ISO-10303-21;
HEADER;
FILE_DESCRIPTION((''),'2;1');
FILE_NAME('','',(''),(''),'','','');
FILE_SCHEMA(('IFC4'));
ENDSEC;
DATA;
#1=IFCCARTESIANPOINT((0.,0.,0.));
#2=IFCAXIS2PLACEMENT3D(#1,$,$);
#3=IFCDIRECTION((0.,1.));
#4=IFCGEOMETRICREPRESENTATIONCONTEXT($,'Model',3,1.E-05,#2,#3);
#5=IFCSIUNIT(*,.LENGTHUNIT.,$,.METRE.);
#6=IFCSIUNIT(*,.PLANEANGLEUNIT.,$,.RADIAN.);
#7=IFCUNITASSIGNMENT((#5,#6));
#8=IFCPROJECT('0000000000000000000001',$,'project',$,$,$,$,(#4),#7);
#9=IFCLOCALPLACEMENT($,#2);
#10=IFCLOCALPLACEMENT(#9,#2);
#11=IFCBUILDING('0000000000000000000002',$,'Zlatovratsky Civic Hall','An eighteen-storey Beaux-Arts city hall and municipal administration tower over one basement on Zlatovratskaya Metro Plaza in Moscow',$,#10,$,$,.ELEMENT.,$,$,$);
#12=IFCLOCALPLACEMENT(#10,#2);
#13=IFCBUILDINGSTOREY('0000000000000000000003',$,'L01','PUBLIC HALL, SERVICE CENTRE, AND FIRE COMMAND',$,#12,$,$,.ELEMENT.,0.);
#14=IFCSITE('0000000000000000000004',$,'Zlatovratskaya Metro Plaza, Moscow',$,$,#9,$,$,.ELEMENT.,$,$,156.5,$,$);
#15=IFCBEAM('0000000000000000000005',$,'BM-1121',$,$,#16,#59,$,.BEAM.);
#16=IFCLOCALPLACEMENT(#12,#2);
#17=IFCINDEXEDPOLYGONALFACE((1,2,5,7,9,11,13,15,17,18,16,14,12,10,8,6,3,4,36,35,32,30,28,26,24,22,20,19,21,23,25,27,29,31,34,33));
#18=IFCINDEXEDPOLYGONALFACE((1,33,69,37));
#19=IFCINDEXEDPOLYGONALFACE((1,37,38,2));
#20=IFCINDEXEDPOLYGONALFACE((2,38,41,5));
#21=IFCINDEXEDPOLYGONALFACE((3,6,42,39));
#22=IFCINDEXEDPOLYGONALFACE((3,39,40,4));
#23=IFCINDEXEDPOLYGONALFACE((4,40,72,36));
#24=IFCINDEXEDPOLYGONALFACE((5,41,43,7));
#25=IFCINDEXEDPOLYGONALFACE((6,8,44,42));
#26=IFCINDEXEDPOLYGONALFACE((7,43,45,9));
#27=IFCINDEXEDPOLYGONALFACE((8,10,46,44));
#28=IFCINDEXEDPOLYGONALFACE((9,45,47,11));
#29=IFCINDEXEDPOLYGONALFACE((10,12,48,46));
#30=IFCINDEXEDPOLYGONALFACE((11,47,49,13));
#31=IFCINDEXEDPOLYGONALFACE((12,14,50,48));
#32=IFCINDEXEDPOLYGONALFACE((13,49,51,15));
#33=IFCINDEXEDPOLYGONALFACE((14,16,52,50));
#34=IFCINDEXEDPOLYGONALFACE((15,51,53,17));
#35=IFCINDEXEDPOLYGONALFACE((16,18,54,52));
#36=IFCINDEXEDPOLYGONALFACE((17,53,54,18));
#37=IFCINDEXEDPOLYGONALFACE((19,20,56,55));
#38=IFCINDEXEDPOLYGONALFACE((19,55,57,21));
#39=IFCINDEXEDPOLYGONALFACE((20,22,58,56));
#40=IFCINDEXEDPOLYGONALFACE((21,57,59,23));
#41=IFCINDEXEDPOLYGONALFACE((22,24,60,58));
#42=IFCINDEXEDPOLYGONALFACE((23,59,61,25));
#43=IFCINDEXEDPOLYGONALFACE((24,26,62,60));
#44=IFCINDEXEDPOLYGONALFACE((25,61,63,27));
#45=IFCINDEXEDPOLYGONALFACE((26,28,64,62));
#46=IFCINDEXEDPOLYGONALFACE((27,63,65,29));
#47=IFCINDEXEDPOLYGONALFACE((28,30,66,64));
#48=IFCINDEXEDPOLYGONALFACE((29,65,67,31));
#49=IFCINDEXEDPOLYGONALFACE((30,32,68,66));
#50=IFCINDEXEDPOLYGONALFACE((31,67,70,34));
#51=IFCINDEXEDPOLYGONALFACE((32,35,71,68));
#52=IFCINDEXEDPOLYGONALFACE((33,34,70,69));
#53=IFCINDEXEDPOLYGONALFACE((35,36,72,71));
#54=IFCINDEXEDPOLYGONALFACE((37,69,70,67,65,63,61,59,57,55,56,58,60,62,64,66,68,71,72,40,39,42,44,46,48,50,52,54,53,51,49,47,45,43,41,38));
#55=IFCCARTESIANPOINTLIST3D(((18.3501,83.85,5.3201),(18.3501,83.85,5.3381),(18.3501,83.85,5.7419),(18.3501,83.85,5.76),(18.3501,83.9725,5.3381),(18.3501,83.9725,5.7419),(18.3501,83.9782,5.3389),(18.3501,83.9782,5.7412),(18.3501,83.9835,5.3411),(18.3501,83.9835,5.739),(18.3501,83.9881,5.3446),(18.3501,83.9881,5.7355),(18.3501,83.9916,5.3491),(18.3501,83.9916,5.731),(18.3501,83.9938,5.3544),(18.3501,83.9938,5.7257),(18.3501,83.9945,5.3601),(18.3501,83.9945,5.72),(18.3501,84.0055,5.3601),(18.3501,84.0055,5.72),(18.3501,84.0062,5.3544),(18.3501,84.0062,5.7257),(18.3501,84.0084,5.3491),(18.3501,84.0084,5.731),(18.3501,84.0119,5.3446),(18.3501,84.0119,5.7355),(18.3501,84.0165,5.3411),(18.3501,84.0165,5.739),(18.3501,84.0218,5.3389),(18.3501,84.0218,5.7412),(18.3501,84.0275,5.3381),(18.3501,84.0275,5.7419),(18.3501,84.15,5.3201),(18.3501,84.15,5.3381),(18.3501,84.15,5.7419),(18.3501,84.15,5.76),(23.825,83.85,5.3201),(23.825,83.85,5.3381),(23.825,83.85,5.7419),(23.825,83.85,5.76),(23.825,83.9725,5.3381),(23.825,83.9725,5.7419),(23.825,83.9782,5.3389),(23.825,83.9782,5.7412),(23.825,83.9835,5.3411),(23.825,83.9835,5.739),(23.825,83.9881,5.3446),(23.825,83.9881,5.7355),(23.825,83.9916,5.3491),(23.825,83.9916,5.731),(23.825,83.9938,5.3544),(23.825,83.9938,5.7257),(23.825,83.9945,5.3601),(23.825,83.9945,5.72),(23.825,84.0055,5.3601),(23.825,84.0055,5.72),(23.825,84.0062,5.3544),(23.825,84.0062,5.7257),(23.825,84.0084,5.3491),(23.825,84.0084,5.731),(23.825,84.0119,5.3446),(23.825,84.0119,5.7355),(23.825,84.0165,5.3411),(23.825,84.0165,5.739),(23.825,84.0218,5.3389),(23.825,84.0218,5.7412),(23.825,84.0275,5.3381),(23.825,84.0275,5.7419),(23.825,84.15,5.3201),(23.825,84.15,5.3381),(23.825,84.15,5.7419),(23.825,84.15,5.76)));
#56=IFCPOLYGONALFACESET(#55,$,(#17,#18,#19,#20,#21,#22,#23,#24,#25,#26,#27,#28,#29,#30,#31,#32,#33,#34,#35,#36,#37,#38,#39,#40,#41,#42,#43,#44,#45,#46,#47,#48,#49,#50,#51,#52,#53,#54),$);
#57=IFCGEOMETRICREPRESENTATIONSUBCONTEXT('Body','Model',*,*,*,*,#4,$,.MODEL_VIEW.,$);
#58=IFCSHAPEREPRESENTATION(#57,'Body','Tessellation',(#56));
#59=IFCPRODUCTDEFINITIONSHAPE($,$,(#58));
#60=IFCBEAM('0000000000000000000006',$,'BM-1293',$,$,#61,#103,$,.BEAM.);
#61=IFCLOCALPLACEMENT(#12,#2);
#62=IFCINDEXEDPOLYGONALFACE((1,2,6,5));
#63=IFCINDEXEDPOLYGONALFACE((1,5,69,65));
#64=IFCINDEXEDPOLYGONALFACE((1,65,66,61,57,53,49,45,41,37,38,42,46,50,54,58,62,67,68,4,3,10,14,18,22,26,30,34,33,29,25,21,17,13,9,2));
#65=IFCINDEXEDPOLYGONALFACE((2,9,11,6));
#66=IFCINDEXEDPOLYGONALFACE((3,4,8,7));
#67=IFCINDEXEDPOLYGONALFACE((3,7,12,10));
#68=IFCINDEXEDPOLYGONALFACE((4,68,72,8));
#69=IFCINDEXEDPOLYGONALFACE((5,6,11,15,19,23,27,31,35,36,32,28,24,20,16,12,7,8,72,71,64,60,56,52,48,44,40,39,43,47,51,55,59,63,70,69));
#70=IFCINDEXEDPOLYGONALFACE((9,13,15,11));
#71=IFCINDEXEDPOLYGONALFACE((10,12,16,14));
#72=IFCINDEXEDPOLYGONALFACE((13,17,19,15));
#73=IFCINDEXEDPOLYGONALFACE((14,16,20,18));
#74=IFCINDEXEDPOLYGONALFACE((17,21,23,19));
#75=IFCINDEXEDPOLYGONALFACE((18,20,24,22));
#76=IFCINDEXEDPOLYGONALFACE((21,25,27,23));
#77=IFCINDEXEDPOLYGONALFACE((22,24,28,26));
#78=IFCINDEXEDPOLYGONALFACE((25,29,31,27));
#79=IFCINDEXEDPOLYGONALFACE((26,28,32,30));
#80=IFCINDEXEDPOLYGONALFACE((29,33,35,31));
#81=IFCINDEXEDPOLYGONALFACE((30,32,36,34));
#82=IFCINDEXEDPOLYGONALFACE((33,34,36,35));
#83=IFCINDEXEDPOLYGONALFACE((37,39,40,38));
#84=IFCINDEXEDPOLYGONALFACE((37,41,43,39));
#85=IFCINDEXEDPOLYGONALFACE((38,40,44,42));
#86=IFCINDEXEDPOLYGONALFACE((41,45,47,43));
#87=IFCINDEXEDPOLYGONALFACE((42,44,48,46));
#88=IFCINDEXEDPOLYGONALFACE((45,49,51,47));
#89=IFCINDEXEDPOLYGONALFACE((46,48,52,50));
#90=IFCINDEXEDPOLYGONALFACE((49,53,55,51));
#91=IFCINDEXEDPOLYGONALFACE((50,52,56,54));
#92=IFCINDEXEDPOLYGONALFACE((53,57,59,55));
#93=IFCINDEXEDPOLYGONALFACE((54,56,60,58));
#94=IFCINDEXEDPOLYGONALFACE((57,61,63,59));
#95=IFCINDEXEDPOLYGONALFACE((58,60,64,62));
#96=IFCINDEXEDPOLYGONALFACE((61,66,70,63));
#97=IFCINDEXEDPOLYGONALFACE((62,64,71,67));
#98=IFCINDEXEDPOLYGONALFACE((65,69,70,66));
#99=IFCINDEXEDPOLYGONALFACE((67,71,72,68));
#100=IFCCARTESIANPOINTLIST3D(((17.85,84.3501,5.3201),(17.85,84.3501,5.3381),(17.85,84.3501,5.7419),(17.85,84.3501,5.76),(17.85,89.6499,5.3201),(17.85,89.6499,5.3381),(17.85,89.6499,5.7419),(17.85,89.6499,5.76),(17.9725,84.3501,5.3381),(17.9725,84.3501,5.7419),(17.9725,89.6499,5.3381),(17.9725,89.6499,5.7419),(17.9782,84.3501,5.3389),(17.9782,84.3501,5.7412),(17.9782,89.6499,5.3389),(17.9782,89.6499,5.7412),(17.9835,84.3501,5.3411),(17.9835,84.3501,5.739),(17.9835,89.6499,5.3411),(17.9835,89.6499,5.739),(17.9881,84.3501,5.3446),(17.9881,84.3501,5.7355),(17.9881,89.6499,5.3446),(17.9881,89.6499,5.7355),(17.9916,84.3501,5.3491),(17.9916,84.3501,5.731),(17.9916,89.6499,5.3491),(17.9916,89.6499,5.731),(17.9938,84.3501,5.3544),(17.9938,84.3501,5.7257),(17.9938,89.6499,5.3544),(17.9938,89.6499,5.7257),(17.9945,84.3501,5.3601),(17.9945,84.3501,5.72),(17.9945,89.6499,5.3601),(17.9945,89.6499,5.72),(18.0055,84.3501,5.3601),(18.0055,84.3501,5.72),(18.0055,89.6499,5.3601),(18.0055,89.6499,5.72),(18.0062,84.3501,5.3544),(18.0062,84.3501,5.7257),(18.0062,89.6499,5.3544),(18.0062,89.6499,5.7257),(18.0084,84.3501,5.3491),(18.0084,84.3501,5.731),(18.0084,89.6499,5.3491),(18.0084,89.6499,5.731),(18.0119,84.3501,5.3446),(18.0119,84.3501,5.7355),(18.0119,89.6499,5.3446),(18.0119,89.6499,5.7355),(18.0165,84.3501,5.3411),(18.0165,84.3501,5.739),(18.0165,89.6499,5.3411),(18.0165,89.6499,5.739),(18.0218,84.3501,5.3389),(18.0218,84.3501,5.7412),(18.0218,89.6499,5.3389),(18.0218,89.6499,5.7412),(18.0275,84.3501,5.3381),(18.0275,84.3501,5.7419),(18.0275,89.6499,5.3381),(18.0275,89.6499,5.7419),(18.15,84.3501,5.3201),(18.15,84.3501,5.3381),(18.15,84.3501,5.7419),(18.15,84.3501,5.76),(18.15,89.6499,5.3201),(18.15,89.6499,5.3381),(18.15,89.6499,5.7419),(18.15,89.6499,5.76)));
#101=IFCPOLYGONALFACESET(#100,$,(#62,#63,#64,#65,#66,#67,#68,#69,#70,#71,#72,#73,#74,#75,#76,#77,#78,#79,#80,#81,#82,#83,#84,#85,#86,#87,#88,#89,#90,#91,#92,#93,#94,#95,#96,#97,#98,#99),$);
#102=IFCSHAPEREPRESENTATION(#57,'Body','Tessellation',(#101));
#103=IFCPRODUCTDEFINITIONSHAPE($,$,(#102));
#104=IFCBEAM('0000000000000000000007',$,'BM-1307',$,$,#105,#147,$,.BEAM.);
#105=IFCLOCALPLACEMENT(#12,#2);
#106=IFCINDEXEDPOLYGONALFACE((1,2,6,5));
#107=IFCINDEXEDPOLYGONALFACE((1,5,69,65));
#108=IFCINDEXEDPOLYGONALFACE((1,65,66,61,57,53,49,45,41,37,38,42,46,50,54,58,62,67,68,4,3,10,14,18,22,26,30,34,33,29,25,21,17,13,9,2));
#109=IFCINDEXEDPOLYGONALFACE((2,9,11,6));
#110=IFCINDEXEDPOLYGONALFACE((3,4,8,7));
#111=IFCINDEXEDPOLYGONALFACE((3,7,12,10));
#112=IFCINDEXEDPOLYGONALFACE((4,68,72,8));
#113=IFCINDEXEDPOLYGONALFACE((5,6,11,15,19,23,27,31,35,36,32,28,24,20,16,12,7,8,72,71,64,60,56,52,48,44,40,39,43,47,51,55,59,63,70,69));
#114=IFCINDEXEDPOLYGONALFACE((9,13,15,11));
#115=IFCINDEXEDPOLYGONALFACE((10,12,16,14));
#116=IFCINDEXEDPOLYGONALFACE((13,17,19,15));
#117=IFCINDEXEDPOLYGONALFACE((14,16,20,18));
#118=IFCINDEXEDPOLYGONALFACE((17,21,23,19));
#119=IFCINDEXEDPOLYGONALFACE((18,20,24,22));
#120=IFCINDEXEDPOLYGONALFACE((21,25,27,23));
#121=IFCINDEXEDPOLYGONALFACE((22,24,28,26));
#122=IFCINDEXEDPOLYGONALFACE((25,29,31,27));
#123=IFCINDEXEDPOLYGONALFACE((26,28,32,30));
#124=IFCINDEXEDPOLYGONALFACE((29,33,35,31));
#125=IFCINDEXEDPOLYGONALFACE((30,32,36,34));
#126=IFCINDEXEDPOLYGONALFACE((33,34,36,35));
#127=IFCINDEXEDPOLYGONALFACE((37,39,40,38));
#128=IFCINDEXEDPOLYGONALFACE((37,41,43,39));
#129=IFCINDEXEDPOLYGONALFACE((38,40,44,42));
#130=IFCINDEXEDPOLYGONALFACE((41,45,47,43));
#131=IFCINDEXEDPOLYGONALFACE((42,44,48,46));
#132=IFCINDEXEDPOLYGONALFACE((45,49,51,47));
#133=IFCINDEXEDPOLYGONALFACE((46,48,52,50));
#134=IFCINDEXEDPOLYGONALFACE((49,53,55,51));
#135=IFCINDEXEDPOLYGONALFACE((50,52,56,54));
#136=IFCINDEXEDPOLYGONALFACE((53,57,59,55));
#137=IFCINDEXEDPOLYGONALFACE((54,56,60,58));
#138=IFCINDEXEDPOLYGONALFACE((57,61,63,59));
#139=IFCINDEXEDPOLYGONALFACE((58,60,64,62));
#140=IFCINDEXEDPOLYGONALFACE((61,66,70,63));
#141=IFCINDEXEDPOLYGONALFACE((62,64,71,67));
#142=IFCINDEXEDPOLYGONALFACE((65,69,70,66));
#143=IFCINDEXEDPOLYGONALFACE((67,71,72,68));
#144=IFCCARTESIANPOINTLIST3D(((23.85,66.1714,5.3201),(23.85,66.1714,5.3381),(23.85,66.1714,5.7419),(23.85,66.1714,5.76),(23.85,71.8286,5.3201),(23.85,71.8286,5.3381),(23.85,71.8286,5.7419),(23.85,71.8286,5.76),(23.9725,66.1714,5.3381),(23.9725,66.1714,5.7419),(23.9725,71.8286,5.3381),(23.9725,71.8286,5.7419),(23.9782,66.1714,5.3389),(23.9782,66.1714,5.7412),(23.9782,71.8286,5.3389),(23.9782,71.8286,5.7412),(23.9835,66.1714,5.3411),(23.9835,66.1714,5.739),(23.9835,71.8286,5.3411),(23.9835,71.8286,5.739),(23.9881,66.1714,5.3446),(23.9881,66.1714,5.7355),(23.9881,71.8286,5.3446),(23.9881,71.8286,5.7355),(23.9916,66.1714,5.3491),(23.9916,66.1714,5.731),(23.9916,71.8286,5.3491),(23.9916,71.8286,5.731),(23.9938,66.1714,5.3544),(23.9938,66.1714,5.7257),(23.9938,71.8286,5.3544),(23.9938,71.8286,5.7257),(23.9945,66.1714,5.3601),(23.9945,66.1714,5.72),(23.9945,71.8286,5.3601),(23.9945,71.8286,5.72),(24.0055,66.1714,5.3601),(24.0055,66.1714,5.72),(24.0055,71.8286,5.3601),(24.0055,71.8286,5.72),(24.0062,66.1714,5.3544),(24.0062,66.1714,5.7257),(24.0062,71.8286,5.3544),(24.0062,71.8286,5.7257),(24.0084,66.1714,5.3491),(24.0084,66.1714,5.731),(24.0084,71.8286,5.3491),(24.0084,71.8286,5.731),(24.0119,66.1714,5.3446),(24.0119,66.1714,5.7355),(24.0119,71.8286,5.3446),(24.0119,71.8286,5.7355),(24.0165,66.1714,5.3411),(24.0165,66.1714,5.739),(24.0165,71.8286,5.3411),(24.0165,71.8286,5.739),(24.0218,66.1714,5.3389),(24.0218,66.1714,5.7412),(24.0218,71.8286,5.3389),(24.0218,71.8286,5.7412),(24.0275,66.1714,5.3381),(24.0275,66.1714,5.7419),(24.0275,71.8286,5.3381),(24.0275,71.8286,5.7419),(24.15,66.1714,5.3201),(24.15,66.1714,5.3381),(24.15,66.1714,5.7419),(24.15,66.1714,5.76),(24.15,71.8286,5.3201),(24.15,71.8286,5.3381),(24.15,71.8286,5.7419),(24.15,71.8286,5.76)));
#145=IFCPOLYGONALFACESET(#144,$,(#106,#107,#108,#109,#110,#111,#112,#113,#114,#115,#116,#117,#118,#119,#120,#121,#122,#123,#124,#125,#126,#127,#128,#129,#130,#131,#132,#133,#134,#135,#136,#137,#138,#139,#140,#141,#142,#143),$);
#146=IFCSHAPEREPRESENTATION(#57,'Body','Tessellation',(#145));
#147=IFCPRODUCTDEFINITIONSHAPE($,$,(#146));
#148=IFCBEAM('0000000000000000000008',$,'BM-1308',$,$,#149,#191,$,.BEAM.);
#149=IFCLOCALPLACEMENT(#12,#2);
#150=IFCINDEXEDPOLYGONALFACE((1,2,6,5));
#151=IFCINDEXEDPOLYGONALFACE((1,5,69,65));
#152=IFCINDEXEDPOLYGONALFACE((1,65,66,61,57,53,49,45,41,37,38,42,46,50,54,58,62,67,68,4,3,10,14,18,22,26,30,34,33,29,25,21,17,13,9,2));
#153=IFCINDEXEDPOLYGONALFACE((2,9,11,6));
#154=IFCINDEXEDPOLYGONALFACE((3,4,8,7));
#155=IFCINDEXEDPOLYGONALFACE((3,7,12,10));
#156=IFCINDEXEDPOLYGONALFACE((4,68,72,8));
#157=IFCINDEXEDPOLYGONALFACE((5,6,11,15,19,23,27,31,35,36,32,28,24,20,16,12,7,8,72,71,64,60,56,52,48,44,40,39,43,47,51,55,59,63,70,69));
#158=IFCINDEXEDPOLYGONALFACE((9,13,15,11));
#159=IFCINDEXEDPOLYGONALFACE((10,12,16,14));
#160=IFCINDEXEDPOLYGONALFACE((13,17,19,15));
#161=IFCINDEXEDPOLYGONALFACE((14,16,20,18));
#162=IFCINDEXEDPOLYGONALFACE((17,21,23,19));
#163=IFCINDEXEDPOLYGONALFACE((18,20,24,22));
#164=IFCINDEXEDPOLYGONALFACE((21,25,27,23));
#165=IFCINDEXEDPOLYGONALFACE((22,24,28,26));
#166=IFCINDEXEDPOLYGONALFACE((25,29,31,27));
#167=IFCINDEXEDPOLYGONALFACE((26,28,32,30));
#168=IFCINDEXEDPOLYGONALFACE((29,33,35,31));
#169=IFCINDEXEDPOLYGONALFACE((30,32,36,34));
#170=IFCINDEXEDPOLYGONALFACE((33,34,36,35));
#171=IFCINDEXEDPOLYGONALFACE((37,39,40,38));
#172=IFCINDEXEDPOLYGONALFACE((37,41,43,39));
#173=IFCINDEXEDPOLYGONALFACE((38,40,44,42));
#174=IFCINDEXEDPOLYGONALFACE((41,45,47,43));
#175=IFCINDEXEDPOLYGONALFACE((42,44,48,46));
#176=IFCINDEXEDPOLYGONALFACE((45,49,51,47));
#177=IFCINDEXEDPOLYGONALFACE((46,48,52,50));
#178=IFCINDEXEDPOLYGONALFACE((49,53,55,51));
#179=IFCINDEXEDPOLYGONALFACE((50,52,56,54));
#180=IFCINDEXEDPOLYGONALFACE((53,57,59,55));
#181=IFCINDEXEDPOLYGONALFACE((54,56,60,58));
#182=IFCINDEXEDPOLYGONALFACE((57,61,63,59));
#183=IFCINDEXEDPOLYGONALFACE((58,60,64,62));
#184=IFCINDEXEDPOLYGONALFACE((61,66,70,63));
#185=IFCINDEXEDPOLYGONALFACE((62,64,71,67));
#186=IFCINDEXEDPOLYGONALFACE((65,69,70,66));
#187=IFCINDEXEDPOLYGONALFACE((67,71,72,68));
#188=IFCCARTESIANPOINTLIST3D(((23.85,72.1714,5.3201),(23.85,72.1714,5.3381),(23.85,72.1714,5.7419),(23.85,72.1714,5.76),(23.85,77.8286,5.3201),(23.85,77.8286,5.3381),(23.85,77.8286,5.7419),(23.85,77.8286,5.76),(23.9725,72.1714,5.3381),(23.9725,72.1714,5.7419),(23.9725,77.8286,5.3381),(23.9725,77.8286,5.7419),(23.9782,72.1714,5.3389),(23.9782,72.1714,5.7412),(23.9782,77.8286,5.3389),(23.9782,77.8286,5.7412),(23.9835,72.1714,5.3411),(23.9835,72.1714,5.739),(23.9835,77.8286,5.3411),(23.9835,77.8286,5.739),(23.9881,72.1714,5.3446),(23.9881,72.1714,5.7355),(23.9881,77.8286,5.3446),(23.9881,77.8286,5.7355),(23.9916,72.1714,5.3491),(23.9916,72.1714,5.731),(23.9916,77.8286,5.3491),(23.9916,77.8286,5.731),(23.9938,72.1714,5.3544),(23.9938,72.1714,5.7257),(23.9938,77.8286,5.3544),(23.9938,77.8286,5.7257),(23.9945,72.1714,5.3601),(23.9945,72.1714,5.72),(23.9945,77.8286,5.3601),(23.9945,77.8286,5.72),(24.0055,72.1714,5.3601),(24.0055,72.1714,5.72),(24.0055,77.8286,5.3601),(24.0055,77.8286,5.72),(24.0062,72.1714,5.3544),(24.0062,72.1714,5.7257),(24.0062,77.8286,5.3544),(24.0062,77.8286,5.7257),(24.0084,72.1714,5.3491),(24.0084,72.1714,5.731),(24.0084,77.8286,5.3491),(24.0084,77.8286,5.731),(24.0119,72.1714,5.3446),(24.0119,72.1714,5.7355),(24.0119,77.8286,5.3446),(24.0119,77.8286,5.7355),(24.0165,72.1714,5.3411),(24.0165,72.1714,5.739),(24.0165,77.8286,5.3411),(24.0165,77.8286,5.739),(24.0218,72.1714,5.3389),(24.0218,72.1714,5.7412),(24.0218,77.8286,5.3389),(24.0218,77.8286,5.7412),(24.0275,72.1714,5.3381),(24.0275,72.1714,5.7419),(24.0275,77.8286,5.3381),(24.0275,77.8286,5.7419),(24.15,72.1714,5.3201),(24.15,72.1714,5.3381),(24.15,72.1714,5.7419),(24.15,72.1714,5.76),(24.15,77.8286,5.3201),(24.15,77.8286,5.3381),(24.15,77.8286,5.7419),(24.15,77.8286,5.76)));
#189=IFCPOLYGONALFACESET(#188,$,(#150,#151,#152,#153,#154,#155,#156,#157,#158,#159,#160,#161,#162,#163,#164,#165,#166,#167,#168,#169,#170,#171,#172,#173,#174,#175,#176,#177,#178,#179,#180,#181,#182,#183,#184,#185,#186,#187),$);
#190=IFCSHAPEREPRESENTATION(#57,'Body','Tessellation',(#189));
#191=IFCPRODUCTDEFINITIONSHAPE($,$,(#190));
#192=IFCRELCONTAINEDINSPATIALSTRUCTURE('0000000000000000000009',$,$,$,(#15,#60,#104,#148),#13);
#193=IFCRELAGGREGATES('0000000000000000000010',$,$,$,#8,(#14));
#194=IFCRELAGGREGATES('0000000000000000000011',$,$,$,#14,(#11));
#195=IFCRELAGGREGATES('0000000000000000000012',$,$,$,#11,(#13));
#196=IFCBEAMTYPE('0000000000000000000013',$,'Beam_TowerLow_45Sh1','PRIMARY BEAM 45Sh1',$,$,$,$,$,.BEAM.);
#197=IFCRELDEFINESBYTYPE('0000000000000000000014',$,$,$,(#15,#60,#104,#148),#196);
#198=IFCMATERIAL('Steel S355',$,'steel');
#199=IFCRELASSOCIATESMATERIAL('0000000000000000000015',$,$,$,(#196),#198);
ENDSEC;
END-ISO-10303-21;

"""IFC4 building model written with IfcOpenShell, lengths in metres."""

from ifc_helpers import new_model, si_unit, direction, frame, origin, origin_2d, place, context, subcontext, project, spatial, i_section, extrude, material, material_profile, profile_set, type_object, element, save


model = new_model("IFC4")

# Units and contexts
model_context = context("Model", 3, precision=1e-05, world=origin(), true_north=direction((0.0, 1.0)))
body_context = subcontext(model_context, "Body", "Model", "MODEL_VIEW")
ifc_project = project(units=[si_unit("LENGTHUNIT", "METRE"), si_unit("PLANEANGLEUNIT", "RADIAN")], contexts=[model_context])

# Site, building, storey
site_placement = place(None, origin())
site = spatial("IfcSite", under=ifc_project, at=site_placement, Name="Zlatovratskaya Metro Plaza, Moscow", CompositionType="ELEMENT", RefElevation=156.5)
building_placement = place(site_placement, origin())
building = spatial("IfcBuilding", under=site, at=building_placement, Name="Zlatovratsky Civic Hall", Description="An eighteen-storey Beaux-Arts city hall and municipal administration tower over one basement on Zlatovratskaya Metro Plaza in Moscow", CompositionType="ELEMENT")
storey_placement = place(building_placement, origin())
storey = spatial("IfcBuildingStorey", under=building, at=storey_placement, Name="L01", Description="PUBLIC HALL, SERVICE CENTRE, AND FIRE COMMAND", CompositionType="ELEMENT", Elevation=0.0)

# Shared definitions
ifc_material_1 = material(Name="Steel S355", Category="steel")

# Beams
ifc_material_profile_1 = material_profile(ifc_material_1, i_section(OverallWidth=0.3, OverallDepth=0.4399, WebThickness=0.011, FlangeThickness=0.0181, FilletRadius=0.022, at=origin_2d()), Name="45Sh1")
ifc_profile_set_1 = profile_set([ifc_material_profile_1], Name="Steel S355")
beam_type_1 = type_object("IfcBeamType", Name="Beam_TowerLow_45Sh1", Description="PRIMARY BEAM 45Sh1", PredefinedType="BEAM", material=ifc_profile_set_1)
beam_1_placement = place(storey_placement, frame((18.3501, 84.0, 5.54), z_axis=(1.0, 0.0, 0.0), x_axis=(0.0, 1.0, 0.0)))
element("IfcBeam", 1, at=beam_1_placement, inside=storey, type_object=beam_type_1, Name="BM-1121", PredefinedType="BEAM", context=body_context, shape_type="SweptSolid", body=[
    extrude(i_section(OverallWidth=0.3, OverallDepth=0.4399, WebThickness=0.011, FlangeThickness=0.0181, FilletRadius=0.022, at=origin_2d()), origin(), (0.0, 0.0, 1.0), 5.4749),
])
beam_2_placement = place(storey_placement, frame((18.0, 84.3501, 5.54), z_axis=(0.0, 1.0, 0.0), x_axis=(-1.0, 0.0, 0.0)))
element("IfcBeam", 2, at=beam_2_placement, inside=storey, type_object=beam_type_1, Name="BM-1293", PredefinedType="BEAM", context=body_context, shape_type="SweptSolid", body=[
    extrude(i_section(OverallWidth=0.3, OverallDepth=0.4399, WebThickness=0.011, FlangeThickness=0.0181, FilletRadius=0.022, at=origin_2d()), origin(), (0.0, 0.0, 1.0), 5.2998),
])
for number, where, z_axis, x_axis, name in (
    (3, (24.0, 66.1714, 5.54), (0.0, 1.0, 0.0), (-1.0, 0.0, 0.0), "BM-1307"),
    (4, (24.0, 72.1714, 5.54), (0.0, 1.0, 0.0), (-1.0, 0.0, 0.0), "BM-1308"),
):
    element("IfcBeam", number, at=place(storey_placement, frame(where, z_axis=z_axis, x_axis=x_axis)), inside=storey, type_object=beam_type_1, Name=name, PredefinedType="BEAM", context=body_context, shape_type="SweptSolid", body=[
        extrude(i_section(OverallWidth=0.3, OverallDepth=0.4399, WebThickness=0.011, FlangeThickness=0.0181, FilletRadius=0.022, at=origin_2d()), origin(), (0.0, 0.0, 1.0), 5.6572),
    ])

save(model, "model.ifc")
